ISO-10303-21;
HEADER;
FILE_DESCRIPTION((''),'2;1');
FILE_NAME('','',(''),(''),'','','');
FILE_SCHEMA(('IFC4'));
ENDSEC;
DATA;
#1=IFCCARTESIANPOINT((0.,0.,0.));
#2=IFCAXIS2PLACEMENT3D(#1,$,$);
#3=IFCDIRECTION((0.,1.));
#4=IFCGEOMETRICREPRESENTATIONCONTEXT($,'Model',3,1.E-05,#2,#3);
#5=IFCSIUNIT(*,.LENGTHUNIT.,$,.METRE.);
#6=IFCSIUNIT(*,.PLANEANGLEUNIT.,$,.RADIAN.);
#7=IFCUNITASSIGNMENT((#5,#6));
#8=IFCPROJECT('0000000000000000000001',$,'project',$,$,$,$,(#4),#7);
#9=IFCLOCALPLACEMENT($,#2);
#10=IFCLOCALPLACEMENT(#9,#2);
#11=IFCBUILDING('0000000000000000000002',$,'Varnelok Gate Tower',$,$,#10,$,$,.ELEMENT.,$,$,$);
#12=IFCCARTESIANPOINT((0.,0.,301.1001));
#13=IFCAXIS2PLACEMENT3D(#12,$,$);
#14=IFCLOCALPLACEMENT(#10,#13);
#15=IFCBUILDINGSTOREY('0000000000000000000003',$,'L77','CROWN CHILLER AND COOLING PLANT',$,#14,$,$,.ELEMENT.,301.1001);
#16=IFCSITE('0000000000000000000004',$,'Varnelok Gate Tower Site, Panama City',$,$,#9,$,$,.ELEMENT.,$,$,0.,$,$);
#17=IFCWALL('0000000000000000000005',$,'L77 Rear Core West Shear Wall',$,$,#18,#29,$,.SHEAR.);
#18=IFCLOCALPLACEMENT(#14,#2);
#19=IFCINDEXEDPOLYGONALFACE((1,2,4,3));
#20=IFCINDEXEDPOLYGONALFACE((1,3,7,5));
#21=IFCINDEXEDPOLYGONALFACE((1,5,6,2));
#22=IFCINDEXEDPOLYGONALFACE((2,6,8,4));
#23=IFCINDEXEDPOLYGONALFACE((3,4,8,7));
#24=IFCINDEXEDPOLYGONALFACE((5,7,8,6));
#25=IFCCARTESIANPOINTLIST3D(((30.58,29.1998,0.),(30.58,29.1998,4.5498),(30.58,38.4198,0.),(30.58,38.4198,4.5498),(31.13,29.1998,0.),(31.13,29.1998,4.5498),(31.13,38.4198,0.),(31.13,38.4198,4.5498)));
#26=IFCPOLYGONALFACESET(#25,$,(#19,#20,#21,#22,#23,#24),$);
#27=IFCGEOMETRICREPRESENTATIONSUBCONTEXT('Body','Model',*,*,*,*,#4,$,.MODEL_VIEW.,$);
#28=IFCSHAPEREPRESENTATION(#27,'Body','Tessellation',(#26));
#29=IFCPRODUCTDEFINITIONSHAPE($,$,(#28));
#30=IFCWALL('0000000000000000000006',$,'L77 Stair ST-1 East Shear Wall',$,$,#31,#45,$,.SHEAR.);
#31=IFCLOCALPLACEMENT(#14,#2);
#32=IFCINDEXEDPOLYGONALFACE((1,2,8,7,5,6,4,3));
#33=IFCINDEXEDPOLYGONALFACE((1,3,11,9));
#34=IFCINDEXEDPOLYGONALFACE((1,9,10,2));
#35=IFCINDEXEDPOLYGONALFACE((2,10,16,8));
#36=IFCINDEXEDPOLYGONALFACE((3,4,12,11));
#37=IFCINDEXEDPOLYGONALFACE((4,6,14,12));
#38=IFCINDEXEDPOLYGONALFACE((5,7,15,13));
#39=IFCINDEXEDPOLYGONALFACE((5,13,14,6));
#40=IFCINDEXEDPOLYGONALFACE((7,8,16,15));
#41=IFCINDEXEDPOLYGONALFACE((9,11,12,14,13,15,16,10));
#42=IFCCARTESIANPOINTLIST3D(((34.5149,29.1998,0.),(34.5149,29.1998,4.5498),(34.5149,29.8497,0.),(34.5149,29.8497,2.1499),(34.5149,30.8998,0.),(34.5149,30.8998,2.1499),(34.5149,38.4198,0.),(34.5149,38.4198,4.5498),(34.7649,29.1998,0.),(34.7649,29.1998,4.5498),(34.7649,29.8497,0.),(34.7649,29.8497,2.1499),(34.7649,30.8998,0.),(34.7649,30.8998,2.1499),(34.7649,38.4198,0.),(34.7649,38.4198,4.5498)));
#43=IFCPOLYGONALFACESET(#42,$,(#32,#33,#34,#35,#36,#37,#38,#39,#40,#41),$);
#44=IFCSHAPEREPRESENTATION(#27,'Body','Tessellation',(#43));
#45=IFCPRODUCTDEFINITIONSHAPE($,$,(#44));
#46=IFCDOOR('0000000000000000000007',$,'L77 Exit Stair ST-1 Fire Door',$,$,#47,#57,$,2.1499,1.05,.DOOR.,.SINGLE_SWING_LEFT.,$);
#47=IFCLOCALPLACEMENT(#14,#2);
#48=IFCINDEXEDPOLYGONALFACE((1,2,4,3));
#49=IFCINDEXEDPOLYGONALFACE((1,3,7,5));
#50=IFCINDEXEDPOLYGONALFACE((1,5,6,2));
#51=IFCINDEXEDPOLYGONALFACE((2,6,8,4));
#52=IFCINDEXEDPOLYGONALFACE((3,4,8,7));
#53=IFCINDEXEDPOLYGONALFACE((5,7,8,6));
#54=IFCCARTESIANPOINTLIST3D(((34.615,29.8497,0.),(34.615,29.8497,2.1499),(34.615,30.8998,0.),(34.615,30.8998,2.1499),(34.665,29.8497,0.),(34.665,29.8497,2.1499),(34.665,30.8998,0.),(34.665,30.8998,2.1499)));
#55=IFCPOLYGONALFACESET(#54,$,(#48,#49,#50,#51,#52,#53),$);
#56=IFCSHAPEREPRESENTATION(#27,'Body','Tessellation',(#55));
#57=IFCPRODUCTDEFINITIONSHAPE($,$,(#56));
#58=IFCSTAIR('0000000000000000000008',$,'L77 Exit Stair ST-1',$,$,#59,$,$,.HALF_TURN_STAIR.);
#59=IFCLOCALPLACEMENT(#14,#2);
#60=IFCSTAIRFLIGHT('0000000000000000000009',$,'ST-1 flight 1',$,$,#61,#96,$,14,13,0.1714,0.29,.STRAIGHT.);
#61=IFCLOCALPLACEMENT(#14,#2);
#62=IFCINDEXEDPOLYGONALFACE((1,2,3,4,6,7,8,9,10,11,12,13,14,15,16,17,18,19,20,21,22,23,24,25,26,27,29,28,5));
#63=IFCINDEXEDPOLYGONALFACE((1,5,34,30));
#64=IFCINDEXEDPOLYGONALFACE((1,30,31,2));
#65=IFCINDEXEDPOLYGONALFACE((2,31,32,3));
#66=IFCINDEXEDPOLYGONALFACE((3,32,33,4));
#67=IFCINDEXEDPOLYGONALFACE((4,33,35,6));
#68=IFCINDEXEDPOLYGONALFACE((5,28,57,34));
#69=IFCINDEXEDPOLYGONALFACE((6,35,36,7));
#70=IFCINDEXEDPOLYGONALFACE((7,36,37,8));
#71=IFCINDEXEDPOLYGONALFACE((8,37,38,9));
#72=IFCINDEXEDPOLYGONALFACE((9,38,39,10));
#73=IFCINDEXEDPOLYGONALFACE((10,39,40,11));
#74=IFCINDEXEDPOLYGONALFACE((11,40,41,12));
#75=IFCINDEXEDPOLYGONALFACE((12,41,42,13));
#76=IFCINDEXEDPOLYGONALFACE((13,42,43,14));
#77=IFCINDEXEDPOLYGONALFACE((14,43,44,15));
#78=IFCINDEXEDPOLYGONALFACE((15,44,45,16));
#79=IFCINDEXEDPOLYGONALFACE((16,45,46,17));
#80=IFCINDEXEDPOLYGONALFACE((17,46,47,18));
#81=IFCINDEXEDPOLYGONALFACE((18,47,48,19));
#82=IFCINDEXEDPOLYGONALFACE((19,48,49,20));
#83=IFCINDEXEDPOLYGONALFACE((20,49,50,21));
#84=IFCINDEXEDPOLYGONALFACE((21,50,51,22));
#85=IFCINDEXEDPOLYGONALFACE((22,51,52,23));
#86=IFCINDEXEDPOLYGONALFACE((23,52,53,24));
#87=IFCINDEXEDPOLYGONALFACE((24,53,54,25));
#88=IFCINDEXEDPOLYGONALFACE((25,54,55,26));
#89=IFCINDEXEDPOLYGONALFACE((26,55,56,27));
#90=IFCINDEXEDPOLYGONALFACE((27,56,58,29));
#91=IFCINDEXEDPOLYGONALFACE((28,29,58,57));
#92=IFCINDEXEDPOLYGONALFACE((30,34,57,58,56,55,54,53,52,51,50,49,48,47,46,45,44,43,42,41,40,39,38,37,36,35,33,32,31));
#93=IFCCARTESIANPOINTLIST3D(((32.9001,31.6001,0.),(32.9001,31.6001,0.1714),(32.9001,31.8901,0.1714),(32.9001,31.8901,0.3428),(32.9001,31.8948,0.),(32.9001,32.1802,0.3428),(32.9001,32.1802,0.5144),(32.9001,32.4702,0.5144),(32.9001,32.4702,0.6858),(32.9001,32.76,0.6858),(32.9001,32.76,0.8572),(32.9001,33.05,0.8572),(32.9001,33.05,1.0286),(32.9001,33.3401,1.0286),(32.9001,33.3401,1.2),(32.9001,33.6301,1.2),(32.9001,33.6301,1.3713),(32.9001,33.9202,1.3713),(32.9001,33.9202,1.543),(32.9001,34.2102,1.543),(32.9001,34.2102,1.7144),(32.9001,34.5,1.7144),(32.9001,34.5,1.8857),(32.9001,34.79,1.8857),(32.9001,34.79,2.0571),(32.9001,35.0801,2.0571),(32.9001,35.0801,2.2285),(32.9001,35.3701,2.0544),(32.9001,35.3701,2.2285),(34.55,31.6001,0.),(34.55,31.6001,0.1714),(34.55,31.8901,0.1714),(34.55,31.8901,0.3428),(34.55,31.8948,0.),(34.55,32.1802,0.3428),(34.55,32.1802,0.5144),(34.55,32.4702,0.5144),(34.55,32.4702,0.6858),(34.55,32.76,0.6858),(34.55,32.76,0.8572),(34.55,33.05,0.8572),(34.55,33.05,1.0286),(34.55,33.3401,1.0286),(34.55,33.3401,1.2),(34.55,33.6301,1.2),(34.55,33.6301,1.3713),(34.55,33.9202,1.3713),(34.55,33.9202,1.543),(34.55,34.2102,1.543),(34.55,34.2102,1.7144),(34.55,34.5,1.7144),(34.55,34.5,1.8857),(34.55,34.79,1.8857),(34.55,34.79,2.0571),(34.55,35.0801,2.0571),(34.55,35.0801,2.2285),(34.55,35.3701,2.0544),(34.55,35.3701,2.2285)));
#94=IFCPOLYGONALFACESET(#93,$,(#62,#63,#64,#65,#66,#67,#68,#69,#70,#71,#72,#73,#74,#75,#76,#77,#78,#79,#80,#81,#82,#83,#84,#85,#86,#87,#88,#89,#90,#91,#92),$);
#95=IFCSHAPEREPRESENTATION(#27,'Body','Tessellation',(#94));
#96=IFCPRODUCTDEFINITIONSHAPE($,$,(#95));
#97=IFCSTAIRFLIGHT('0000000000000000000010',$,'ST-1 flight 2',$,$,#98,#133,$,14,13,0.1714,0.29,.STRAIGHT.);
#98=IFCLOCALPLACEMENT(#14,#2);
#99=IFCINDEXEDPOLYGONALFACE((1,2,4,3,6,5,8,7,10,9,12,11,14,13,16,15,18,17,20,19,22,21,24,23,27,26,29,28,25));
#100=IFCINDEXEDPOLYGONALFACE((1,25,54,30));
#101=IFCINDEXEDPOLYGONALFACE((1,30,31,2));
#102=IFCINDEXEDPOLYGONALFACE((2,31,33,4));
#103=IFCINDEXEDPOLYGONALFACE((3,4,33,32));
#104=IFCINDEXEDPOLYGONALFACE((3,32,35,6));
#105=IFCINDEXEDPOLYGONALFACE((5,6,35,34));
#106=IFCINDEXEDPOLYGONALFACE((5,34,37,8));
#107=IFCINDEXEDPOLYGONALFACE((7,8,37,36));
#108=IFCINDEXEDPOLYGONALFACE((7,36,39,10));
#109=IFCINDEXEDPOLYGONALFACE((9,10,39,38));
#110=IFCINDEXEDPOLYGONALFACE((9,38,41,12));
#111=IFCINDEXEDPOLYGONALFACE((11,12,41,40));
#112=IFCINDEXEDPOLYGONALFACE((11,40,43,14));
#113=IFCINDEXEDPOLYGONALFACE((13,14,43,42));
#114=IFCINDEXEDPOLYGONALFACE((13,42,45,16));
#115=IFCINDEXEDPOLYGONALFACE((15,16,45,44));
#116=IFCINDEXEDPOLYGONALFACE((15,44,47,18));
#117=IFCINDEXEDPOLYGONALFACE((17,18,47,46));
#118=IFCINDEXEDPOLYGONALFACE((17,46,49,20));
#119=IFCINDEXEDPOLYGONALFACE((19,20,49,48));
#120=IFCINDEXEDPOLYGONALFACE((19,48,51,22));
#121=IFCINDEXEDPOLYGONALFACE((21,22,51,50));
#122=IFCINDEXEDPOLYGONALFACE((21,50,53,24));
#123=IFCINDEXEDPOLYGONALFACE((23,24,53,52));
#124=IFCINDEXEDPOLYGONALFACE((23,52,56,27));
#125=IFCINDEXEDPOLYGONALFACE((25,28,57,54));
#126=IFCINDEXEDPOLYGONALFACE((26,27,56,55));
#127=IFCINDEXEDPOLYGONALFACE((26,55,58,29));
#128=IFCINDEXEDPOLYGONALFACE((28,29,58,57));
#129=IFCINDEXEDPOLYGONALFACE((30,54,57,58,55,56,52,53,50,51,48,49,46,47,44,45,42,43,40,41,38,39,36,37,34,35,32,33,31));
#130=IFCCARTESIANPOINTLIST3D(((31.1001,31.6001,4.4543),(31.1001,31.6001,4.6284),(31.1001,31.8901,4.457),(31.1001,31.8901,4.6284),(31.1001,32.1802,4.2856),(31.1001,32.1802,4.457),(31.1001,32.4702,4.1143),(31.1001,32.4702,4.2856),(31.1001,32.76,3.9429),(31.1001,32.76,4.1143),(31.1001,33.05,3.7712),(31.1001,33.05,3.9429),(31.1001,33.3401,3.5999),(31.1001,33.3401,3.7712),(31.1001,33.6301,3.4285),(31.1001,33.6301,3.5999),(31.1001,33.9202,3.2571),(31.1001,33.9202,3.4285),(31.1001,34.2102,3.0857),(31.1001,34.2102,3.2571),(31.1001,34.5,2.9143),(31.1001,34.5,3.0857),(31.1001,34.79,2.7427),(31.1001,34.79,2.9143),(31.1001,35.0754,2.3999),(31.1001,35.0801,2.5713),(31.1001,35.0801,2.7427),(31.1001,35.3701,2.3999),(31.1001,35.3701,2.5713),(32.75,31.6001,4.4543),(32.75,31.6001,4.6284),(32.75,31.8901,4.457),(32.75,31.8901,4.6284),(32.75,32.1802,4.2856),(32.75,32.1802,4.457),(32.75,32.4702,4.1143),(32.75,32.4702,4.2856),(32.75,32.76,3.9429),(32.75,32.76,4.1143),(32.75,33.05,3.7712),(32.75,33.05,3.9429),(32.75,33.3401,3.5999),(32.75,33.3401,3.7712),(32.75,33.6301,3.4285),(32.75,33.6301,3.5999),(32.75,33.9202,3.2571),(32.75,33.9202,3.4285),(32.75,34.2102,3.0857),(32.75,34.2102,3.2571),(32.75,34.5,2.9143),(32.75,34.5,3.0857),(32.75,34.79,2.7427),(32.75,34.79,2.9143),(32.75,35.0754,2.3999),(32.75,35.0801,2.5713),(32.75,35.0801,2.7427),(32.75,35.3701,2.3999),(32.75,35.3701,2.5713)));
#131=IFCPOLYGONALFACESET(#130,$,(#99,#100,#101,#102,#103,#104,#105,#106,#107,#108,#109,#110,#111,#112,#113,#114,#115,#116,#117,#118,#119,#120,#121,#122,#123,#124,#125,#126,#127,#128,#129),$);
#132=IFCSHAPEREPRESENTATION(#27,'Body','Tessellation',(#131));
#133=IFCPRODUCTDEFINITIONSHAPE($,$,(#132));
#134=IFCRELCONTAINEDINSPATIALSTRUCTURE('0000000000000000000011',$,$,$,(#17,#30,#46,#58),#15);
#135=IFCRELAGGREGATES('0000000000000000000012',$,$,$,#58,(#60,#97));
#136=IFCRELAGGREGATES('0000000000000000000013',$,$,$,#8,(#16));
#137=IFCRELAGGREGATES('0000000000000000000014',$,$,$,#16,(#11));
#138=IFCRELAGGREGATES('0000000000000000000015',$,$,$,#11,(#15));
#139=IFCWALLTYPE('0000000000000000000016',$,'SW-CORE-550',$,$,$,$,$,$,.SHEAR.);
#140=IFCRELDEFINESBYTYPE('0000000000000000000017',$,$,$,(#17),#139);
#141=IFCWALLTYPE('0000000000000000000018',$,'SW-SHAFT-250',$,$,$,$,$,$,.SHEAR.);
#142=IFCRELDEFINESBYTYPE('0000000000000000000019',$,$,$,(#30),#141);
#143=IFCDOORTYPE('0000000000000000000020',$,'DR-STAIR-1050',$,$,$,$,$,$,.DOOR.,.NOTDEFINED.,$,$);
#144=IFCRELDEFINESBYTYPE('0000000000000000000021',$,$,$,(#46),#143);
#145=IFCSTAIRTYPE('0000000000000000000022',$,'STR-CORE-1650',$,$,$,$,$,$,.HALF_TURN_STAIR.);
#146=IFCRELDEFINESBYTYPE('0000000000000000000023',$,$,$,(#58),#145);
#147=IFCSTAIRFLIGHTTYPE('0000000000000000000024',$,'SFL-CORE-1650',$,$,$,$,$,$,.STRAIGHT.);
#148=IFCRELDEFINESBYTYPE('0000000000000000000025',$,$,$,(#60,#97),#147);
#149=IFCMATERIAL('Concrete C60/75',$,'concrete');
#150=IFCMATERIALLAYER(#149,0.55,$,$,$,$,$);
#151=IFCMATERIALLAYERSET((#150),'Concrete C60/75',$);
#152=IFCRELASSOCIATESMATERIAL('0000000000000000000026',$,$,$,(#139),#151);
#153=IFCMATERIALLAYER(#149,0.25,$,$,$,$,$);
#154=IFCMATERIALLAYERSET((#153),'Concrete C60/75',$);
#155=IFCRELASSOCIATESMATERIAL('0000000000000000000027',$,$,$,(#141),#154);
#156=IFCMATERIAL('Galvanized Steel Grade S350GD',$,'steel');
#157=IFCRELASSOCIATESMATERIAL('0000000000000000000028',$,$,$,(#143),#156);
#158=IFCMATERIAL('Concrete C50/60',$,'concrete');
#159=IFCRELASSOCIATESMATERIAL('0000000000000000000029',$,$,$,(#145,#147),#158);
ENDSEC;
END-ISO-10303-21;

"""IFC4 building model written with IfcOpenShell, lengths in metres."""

from ifc_helpers import new_model, si_unit, direction, frame, frame_2d, origin, place, context, subcontext, project, spatial, polyline, rectangle, outline, extrude, material, layer, layer_set, type_object, element, fill, aggregate, save


model = new_model("IFC4")

# Units and contexts
model_context = context("Model", 3, precision=1e-05, world=origin(), true_north=direction((0.0, 1.0)))
body_context = subcontext(model_context, "Body", "Model", "MODEL_VIEW")
ifc_project = project(units=[si_unit("LENGTHUNIT", "METRE"), si_unit("PLANEANGLEUNIT", "RADIAN")], contexts=[model_context])

# Site, building, storey
site_placement = place(None, origin())
site = spatial("IfcSite", under=ifc_project, at=site_placement, Name="Varnelok Gate Tower Site, Panama City", CompositionType="ELEMENT", RefElevation=0.0)
building_placement = place(site_placement, origin())
building = spatial("IfcBuilding", under=site, at=building_placement, Name="Varnelok Gate Tower", CompositionType="ELEMENT")
storey_placement = place(building_placement, frame((0.0, 0.0, 301.1001)))
storey = spatial("IfcBuildingStorey", under=building, at=storey_placement, Name="L77", Description="CROWN CHILLER AND COOLING PLANT", CompositionType="ELEMENT", Elevation=301.1001)

# Shared definitions
ifc_material_1 = material(Name="Concrete C50/60", Category="concrete")

# Shared definitions
ifc_material_2 = material(Name="Concrete C60/75", Category="concrete")

# Shared definitions
ifc_material_3 = material(Name="Galvanized Steel Grade S350GD", Category="steel")

# Wall
ifc_layer_1 = layer(ifc_material_2, 0.55)
ifc_layer_set_1 = layer_set([ifc_layer_1], Name="Concrete C60/75")
wall_type_1 = type_object("IfcWallType", Name="SW-CORE-550", PredefinedType="SHEAR", material=ifc_layer_set_1)
wall_1_placement = place(storey_placement, frame((30.855, 29.2, 0.0), z_axis=(0.0, 0.0, 1.0), x_axis=(0.0, 1.0, 0.0)))
element("IfcWall", 1, at=wall_1_placement, inside=storey, type_object=wall_type_1, Name="L77 Rear Core West Shear Wall", PredefinedType="SHEAR", context=body_context, shape_type="SweptSolid", body=[
    extrude(rectangle(XDim=9.22, YDim=0.55, at=frame_2d((4.6099, 0.0))), origin(), (0.0, 0.0, 1.0), 4.5498),
])

# Wall, opening, door
ifc_layer_2 = layer(ifc_material_2, 0.25)
ifc_layer_set_2 = layer_set([ifc_layer_2], Name="Concrete C60/75")
wall_type_2 = type_object("IfcWallType", Name="SW-SHAFT-250", PredefinedType="SHEAR", material=ifc_layer_set_2)
wall_2_placement = place(storey_placement, frame((34.6399, 29.2, 0.0), z_axis=(0.0, 0.0, 1.0), x_axis=(0.0, 1.0, 0.0)))
wall_2 = element("IfcWall", 2, at=wall_2_placement, inside=storey, type_object=wall_type_2, Name="L77 Stair ST-1 East Shear Wall", PredefinedType="SHEAR", context=body_context, shape_type="SweptSolid", body=[
    extrude(rectangle(XDim=9.22, YDim=0.25, at=frame_2d((4.6099, 0.0))), origin(), (0.0, 0.0, 1.0), 4.5498),
])
opening_1_placement = place(wall_2_placement, frame((0.6499, 0.0, 0.0)))
opening_1 = element("IfcOpeningElement", 3, at=opening_1_placement, cuts=wall_2, PredefinedType="OPENING", context=body_context, shape_type="SweptSolid", body=[
    extrude(rectangle(XDim=1.05, YDim=2.1499, at=frame_2d((0.5249, 1.075))), frame((0.0, 0.135, 0.0), z_axis=(0.0, -1.0, 0.0), x_axis=(1.0, 0.0, 0.0)), (0.0, 0.0, 1.0), 0.27),
])
door_type_1 = type_object("IfcDoorType", Name="DR-STAIR-1050", OperationType="NOTDEFINED", PredefinedType="DOOR", material=ifc_material_3)
door_1_placement = place(opening_1_placement, origin())
door_1 = element("IfcDoor", 4, at=door_1_placement, inside=storey, type_object=door_type_1, Name="L77 Exit Stair ST-1 Fire Door", OperationType="SINGLE_SWING_LEFT", OverallHeight=2.1499, OverallWidth=1.05, PredefinedType="DOOR", context=body_context, shape_type="SweptSolid", body=[
    extrude(rectangle(XDim=1.05, YDim=2.1499, at=frame_2d((0.5249, 1.075))), frame((0.0, 0.0249, 0.0), z_axis=(0.0, -1.0, 0.0), x_axis=(1.0, 0.0, 0.0)), (0.0, 0.0, 1.0), 0.05),
])
fill(opening_1, door_1)

# Stair, stair flights
stair_type = type_object("IfcStairType", Name="STR-CORE-1650", PredefinedType="HALF_TURN_STAIR", material=ifc_material_1)
stair_placement = place(storey_placement, origin())
stair = element("IfcStair", 5, at=stair_placement, inside=storey, type_object=stair_type, Name="L77 Exit Stair ST-1", PredefinedType="HALF_TURN_STAIR")
stair_flight_type = type_object("IfcStairFlightType", Name="SFL-CORE-1650", PredefinedType="STRAIGHT", material=ifc_material_1)
stair_flight_1_placement = place(storey_placement, frame((33.7251, 31.6001, 0.0), z_axis=(0.0, 0.0, 1.0), x_axis=(0.0, 1.0, 0.0)))
stair_flight_1 = element("IfcStairFlight", 6, at=stair_flight_1_placement, type_object=stair_flight_type, Name="ST-1 flight 1", NumberOfRisers=14, NumberOfTreads=13, PredefinedType="STRAIGHT", RiserHeight=0.1714, TreadLength=0.29, context=body_context, shape_type="SweptSolid", body=[
    extrude(outline(polyline([(0.0, 0.0), (0.0, 0.1714), (0.29, 0.1714), (0.29, 0.3428), (0.5801, 0.3428), (0.5801, 0.5144), (0.8701, 0.5144), (0.8701, 0.6858), (1.1599, 0.6858), (1.1599, 0.8572), (1.45, 0.8572), (1.45, 1.0286), (1.74, 1.0286), (1.74, 1.2), (2.03, 1.2), (2.03, 1.3713), (2.3201, 1.3713), (2.3201, 1.543), (2.6101, 1.543), (2.6101, 1.7144), (2.8999, 1.7144), (2.8999, 1.8857), (3.1899, 1.8857), (3.1899, 2.0571), (3.48, 2.0571), (3.48, 2.2285), (3.77, 2.2285), (3.77, 2.3999), (3.77, 2.0544), (0.2947, 0.0), (0.0, 0.0)])), frame((0.0, 0.825, 0.0), z_axis=(0.0, -1.0, 0.0), x_axis=(1.0, 0.0, 0.0)), (0.0, 0.0, 1.0), 1.6499),
])
stair_flight_2_placement = place(storey_placement, frame((31.925, 35.3701, 2.3999), z_axis=(0.0, 0.0, 1.0), x_axis=(0.0, -1.0, 0.0)))
stair_flight_2 = element("IfcStairFlight", 7, at=stair_flight_2_placement, type_object=stair_flight_type, Name="ST-1 flight 2", NumberOfRisers=14, NumberOfTreads=13, PredefinedType="STRAIGHT", RiserHeight=0.1714, TreadLength=0.29, context=body_context, shape_type="SweptSolid", body=[
    extrude(outline(polyline([(0.0, 0.0), (0.0, 0.1714), (0.29, 0.1714), (0.29, 0.3428), (0.5801, 0.3428), (0.5801, 0.5144), (0.8701, 0.5144), (0.8701, 0.6858), (1.1599, 0.6858), (1.1599, 0.8572), (1.45, 0.8572), (1.45, 1.0286), (1.74, 1.0286), (1.74, 1.2), (2.03, 1.2), (2.03, 1.3713), (2.3201, 1.3713), (2.3201, 1.543), (2.6101, 1.543), (2.6101, 1.7144), (2.8999, 1.7144), (2.8999, 1.8857), (3.1899, 1.8857), (3.1899, 2.0571), (3.48, 2.0571), (3.48, 2.2285), (3.77, 2.2285), (3.77, 2.3999), (3.77, 2.0544), (0.2947, 0.0), (0.0, 0.0)])), frame((0.0, 0.825, 0.0), z_axis=(0.0, -1.0, 0.0), x_axis=(1.0, 0.0, 0.0)), (0.0, 0.0, 1.0), 1.6499),
])
aggregate(stair, [stair_flight_1, stair_flight_2])

save(model, "model.ifc")
